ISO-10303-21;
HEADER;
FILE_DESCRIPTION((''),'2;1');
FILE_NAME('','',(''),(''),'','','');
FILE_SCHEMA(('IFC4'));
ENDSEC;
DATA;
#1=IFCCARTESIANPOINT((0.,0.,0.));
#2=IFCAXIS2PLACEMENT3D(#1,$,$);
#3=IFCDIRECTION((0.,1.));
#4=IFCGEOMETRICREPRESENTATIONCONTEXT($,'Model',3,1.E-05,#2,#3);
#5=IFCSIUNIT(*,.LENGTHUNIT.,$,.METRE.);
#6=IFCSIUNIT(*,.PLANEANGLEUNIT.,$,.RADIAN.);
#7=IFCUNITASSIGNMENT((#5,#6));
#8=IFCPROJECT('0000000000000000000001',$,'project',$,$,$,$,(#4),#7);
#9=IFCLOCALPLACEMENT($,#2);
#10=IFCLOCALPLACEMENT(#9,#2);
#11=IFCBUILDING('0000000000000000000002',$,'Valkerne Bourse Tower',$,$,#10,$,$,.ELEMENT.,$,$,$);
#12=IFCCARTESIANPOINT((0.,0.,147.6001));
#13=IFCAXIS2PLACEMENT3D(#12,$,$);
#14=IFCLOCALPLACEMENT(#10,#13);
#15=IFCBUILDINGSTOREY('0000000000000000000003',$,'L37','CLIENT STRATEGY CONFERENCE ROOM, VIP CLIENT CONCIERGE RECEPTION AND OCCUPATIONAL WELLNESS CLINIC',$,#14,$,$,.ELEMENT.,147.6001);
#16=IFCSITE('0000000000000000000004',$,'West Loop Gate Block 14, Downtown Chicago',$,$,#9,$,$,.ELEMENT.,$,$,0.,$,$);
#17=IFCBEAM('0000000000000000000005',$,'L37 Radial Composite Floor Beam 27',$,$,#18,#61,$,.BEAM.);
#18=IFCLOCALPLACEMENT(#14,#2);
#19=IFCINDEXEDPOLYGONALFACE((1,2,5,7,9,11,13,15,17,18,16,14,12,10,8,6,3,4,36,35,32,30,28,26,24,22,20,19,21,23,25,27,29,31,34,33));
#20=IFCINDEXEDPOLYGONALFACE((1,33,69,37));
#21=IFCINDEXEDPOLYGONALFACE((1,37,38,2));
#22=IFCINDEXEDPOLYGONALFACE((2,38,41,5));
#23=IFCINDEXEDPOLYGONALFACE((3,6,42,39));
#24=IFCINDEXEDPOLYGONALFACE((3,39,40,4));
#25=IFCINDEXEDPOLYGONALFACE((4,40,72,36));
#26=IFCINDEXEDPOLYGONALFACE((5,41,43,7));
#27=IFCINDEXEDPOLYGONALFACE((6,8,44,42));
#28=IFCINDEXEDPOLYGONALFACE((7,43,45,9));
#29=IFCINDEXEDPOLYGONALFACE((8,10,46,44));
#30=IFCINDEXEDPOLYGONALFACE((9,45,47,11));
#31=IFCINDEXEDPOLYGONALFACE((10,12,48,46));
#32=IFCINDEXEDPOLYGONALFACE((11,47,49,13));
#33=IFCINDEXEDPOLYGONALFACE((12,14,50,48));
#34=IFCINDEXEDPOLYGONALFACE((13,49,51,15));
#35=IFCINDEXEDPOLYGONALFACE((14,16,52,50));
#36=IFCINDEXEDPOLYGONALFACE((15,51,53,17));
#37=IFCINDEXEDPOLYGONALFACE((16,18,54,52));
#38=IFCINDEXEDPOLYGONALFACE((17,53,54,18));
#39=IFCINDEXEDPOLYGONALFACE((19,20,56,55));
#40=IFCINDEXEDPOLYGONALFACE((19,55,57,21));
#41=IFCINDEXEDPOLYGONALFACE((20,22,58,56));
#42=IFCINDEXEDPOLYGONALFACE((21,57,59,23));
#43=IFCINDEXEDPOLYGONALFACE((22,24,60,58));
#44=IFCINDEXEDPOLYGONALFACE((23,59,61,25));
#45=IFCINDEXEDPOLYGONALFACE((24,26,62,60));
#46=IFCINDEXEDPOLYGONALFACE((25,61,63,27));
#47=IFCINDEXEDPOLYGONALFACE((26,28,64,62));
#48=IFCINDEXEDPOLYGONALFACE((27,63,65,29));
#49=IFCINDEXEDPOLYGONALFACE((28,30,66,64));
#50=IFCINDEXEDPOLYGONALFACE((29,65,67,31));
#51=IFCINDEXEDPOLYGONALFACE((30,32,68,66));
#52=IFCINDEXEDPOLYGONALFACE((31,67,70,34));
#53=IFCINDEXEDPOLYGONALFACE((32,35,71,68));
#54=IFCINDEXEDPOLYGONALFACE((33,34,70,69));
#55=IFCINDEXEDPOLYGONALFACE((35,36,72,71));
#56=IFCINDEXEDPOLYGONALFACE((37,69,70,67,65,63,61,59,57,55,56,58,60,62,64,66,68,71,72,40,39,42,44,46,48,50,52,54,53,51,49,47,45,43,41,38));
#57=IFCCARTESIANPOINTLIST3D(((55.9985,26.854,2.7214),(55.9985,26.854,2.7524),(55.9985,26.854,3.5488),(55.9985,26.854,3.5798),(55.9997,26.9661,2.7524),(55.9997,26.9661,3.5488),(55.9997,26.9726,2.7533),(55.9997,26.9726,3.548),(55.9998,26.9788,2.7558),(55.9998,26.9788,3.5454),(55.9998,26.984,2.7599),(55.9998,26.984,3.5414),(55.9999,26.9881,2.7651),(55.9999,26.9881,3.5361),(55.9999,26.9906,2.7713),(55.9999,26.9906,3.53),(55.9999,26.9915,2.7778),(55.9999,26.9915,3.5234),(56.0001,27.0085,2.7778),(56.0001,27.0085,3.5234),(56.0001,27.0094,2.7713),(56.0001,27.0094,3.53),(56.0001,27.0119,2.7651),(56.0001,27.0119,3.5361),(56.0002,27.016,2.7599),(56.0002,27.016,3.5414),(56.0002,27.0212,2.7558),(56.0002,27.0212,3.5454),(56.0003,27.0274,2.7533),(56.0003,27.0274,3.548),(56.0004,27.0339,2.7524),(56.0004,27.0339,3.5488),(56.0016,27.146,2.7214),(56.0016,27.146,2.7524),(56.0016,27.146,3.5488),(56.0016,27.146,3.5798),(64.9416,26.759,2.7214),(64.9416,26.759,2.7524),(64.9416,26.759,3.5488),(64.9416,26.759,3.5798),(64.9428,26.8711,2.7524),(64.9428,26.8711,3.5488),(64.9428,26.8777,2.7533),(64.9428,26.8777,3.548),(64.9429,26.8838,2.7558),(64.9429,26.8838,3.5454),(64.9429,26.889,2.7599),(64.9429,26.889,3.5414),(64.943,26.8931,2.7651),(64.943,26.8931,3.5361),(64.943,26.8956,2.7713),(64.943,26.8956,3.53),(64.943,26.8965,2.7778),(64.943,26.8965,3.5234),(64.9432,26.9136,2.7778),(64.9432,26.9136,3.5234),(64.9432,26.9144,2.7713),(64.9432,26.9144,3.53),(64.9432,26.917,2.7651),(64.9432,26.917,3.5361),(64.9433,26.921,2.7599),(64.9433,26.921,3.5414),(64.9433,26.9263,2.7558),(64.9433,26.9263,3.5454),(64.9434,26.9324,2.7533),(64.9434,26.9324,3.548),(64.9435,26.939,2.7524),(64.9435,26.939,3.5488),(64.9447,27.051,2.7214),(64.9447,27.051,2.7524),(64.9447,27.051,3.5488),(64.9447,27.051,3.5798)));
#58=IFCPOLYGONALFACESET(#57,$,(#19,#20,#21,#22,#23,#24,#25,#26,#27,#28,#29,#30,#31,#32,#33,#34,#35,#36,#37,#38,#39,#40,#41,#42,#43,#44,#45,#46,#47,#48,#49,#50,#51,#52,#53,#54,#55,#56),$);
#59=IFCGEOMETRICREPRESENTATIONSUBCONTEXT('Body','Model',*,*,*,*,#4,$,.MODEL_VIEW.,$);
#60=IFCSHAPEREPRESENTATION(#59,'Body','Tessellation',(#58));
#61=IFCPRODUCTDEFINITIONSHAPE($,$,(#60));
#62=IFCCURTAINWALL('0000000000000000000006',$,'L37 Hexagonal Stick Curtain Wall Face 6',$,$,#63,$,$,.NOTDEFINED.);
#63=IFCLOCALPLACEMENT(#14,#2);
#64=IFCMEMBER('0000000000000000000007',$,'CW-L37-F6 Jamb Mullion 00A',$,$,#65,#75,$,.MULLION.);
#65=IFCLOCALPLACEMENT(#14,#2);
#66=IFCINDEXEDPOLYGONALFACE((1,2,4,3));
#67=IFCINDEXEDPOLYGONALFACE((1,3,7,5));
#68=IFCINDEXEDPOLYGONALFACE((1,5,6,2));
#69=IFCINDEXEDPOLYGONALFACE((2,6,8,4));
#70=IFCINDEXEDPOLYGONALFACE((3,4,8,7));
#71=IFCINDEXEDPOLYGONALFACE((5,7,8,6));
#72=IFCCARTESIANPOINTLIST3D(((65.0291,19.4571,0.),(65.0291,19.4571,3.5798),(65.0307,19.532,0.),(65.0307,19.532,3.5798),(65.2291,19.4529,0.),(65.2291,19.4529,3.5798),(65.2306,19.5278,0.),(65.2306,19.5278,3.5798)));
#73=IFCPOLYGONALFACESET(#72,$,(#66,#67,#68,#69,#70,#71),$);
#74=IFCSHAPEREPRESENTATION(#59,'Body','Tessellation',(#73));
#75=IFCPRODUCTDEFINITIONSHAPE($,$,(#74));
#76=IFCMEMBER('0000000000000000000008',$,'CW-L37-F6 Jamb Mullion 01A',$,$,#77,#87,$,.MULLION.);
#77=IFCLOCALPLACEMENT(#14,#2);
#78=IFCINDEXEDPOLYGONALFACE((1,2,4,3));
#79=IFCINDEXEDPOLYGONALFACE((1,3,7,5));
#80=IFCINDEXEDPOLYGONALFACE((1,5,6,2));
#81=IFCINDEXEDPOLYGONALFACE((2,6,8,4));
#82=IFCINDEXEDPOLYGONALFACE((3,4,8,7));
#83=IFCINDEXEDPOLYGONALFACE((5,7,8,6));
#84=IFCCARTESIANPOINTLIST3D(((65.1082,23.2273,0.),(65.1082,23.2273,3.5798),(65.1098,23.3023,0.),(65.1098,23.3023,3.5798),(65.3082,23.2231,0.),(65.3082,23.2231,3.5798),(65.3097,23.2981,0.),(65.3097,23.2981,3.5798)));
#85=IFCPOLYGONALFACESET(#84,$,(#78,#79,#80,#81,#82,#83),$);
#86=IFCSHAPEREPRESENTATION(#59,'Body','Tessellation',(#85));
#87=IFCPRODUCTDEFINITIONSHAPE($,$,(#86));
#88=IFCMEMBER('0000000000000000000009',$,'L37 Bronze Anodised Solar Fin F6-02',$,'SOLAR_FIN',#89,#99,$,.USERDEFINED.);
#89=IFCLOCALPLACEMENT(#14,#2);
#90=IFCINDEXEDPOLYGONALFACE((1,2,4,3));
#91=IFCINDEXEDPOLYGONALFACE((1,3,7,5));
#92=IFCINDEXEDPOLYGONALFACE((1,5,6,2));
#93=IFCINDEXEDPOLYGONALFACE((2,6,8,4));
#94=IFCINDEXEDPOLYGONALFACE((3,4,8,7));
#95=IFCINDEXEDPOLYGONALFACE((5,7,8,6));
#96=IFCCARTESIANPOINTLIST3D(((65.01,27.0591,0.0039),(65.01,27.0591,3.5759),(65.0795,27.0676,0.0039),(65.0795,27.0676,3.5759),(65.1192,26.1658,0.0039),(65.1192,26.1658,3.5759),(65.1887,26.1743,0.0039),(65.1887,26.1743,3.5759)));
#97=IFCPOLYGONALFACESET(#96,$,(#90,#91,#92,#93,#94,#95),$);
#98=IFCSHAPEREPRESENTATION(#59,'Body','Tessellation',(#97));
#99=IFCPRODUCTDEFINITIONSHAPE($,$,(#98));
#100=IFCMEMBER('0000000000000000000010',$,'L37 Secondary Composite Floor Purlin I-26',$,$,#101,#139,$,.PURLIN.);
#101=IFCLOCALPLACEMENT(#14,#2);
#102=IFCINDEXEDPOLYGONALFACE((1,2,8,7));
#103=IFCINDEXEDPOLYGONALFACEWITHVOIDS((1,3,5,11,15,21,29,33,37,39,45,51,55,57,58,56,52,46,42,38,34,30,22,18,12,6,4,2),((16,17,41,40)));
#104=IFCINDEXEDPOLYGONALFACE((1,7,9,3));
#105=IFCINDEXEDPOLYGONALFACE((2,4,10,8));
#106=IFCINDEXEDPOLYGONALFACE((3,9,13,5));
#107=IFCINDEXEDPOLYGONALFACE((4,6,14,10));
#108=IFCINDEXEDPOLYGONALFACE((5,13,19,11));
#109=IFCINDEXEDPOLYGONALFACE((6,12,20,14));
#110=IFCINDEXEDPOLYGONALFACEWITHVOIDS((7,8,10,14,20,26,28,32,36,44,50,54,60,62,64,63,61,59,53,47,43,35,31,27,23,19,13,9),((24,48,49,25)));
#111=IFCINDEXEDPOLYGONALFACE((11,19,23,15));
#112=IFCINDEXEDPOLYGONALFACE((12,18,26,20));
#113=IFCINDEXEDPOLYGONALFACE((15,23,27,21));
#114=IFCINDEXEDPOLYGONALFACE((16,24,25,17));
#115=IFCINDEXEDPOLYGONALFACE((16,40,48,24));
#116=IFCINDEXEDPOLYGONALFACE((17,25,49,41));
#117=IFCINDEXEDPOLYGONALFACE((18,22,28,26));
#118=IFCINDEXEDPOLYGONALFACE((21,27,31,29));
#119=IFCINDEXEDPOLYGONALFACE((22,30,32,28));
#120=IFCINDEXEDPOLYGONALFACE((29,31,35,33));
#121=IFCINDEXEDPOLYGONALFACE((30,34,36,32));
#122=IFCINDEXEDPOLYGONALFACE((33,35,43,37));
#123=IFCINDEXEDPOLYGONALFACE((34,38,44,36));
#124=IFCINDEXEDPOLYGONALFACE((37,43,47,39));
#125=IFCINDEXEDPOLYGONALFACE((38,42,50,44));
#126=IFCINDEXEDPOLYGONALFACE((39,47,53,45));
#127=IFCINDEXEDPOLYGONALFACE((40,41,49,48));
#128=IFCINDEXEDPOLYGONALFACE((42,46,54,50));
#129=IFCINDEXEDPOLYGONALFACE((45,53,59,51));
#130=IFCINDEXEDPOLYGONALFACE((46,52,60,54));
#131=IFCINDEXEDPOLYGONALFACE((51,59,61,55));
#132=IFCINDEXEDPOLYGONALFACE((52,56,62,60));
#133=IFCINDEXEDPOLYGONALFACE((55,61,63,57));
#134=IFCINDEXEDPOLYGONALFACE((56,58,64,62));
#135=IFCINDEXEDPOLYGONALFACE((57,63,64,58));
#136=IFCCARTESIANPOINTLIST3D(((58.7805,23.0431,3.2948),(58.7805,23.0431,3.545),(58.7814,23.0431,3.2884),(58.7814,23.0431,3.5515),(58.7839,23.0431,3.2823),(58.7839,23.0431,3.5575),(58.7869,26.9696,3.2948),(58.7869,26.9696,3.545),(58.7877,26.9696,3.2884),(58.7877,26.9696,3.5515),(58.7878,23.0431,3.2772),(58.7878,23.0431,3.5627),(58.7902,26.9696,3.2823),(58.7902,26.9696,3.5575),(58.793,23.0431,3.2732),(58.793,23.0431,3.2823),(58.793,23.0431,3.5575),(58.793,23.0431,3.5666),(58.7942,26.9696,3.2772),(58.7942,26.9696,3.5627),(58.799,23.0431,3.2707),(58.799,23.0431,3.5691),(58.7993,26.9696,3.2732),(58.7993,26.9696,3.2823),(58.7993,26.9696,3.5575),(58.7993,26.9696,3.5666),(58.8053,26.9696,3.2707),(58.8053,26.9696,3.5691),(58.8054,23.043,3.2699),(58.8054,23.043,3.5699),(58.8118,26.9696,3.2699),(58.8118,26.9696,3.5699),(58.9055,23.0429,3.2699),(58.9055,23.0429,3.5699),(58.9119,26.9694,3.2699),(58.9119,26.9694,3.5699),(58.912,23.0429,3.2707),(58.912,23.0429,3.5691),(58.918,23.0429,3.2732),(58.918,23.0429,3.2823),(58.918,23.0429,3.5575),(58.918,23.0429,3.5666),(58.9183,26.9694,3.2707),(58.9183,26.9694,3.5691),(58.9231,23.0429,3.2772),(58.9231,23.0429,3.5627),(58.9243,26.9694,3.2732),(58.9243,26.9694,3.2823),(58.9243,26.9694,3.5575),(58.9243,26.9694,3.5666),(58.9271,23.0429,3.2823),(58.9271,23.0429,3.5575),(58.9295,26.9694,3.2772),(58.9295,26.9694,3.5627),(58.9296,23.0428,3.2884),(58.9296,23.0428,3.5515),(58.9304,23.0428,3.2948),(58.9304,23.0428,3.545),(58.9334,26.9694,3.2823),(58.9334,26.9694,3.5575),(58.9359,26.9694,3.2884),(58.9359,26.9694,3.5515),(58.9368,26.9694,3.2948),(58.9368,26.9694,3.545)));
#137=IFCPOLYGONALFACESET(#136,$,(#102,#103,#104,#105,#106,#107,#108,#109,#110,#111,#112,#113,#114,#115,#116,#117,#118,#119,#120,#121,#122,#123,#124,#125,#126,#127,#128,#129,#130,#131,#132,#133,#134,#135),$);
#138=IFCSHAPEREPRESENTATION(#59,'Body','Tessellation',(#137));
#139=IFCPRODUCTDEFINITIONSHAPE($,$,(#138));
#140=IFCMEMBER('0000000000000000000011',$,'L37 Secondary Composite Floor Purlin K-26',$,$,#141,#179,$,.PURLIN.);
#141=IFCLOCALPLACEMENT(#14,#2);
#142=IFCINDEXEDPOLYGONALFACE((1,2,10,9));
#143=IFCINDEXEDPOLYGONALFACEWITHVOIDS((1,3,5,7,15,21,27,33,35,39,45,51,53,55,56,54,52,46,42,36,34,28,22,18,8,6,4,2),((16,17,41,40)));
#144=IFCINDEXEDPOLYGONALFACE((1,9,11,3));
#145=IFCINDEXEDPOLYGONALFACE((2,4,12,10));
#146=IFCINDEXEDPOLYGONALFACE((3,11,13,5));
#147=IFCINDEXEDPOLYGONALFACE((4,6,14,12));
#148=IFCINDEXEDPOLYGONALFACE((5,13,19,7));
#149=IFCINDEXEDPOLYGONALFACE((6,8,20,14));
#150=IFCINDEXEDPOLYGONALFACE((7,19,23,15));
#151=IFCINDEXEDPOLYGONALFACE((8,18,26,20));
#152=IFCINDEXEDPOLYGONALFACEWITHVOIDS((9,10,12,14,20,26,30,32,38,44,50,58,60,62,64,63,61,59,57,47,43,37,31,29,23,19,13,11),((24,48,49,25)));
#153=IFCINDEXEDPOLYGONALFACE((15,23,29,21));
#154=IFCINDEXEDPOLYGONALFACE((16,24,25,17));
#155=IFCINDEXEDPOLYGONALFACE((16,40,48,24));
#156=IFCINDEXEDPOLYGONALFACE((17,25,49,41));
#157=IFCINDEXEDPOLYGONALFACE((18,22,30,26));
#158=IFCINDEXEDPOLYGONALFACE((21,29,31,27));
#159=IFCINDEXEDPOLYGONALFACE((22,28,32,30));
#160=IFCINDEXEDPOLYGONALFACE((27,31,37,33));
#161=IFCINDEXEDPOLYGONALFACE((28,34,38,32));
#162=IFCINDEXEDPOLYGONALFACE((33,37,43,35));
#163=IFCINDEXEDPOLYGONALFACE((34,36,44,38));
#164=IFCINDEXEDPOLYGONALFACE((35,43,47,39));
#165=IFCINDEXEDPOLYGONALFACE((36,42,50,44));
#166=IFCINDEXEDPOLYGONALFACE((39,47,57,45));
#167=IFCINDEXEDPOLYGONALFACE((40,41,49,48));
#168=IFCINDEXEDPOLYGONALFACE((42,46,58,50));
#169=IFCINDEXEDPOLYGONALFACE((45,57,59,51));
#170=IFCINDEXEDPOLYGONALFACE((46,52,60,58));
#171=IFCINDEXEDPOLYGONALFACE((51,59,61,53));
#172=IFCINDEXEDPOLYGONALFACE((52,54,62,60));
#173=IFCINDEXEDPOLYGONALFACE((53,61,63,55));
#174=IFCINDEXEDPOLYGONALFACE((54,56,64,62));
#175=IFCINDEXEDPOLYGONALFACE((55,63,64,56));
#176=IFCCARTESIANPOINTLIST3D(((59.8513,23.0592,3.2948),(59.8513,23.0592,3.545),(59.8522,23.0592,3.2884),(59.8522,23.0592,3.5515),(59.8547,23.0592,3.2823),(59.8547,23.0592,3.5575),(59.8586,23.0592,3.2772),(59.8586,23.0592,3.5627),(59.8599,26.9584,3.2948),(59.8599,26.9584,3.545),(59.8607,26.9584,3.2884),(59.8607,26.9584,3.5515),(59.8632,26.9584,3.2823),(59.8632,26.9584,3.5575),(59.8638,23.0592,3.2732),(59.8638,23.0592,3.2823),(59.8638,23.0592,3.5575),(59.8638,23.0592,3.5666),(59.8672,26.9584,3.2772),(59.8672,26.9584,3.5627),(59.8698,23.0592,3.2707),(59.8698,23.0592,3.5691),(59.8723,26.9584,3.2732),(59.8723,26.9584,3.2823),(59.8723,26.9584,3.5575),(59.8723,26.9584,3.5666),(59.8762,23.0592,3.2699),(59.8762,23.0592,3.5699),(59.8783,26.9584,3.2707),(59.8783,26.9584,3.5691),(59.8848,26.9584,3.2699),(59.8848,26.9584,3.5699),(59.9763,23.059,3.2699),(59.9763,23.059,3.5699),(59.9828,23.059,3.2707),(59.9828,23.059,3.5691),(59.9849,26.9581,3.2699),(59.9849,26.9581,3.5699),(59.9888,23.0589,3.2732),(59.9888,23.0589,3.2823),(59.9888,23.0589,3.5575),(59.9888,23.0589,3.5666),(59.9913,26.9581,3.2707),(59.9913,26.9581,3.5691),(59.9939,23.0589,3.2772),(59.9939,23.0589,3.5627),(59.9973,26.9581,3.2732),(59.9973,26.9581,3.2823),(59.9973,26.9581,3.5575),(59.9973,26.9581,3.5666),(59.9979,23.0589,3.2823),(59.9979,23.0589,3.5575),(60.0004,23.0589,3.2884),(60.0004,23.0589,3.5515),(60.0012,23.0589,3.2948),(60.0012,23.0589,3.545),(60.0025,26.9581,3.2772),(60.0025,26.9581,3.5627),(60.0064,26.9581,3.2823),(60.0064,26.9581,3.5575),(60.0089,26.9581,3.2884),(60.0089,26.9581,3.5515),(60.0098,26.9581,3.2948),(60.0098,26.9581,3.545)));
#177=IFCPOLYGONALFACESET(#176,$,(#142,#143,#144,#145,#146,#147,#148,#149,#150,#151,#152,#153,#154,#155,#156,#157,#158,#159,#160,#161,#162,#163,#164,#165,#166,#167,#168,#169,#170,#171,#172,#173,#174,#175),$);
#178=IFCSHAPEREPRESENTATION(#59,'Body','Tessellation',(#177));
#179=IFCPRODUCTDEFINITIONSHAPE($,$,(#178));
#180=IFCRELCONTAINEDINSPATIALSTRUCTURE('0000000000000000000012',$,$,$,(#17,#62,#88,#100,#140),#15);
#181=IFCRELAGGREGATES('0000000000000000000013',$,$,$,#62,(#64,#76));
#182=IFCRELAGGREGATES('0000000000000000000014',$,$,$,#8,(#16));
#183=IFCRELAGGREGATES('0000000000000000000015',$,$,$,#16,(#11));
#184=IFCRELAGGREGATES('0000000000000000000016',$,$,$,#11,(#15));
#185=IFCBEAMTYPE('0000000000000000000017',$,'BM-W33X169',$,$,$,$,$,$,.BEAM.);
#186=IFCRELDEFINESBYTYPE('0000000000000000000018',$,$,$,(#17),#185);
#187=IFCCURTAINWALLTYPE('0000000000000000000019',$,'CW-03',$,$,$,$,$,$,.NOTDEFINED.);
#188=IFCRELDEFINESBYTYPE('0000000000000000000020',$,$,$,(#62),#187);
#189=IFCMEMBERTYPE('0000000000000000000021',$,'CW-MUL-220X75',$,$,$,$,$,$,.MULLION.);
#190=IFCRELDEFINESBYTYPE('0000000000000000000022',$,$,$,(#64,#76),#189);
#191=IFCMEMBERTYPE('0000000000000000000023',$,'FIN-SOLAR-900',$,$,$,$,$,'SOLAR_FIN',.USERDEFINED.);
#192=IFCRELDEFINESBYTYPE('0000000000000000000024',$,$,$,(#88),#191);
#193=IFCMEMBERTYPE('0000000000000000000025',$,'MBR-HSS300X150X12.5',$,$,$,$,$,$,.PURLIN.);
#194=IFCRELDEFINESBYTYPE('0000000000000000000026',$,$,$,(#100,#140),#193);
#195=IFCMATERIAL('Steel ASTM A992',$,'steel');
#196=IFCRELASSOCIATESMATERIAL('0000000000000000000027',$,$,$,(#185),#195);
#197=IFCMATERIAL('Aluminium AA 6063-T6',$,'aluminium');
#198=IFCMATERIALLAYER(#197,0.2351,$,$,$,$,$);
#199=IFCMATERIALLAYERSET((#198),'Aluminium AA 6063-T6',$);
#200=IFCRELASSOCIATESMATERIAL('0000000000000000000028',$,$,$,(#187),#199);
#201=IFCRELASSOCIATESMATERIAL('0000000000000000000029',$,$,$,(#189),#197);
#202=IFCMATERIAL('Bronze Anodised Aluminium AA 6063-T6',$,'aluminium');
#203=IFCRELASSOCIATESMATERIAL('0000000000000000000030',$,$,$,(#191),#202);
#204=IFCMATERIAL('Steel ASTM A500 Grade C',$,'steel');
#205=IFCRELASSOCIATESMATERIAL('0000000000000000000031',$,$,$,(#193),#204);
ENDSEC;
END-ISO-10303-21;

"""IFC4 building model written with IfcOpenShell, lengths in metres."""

from ifc_helpers import new_model, si_unit, direction, frame, origin, origin_2d, place, context, subcontext, project, spatial, rectangle, hollow_rectangle, i_section, extrude, material, layer, layer_set, material_profile, profile_set, type_object, element, aggregate, save


model = new_model("IFC4")

# Units and contexts
model_context = context("Model", 3, precision=1e-05, world=origin(), true_north=direction((0.0, 1.0)))
body_context = subcontext(model_context, "Body", "Model", "MODEL_VIEW")
ifc_project = project(units=[si_unit("LENGTHUNIT", "METRE"), si_unit("PLANEANGLEUNIT", "RADIAN")], contexts=[model_context])

# Site, building, storey
site_placement = place(None, origin())
site = spatial("IfcSite", under=ifc_project, at=site_placement, Name="West Loop Gate Block 14, Downtown Chicago", CompositionType="ELEMENT", RefElevation=0.0)
building_placement = place(site_placement, origin())
building = spatial("IfcBuilding", under=site, at=building_placement, Name="Valkerne Bourse Tower", CompositionType="ELEMENT")
storey_placement = place(building_placement, frame((0.0, 0.0, 147.6001)))
storey = spatial("IfcBuildingStorey", under=building, at=storey_placement, Name="L37", Description="CLIENT STRATEGY CONFERENCE ROOM, VIP CLIENT CONCIERGE RECEPTION AND OCCUPATIONAL WELLNESS CLINIC", CompositionType="ELEMENT", Elevation=147.6001)

# Beam
ifc_material_1 = material(Name="Steel ASTM A992", Category="steel")
ifc_material_profile_1 = material_profile(ifc_material_1, i_section(OverallWidth=0.292, OverallDepth=0.8584, WebThickness=0.0171, FlangeThickness=0.031, FilletRadius=0.0254, at=origin_2d()), Name="W33X169")
ifc_profile_set_1 = profile_set([ifc_material_profile_1], Name="Steel ASTM A992")
beam_type_1 = type_object("IfcBeamType", Name="BM-W33X169", PredefinedType="BEAM", material=ifc_profile_set_1)
beam_1_placement = place(storey_placement, frame((64.9431, 26.905, 3.1506), z_axis=(-0.999944, 0.010619, 0.0), x_axis=(-0.010619, -0.999944, 0.0)))
element("IfcBeam", 1, at=beam_1_placement, inside=storey, type_object=beam_type_1, Name="L37 Radial Composite Floor Beam 27", PredefinedType="BEAM", context=body_context, shape_type="SweptSolid", body=[
    extrude(i_section(OverallWidth=0.292, OverallDepth=0.8584, WebThickness=0.0171, FlangeThickness=0.031, FilletRadius=0.0254, at=origin_2d()), origin(), (0.0, 0.0, 1.0), 8.9436),
])

# Curtain wall, members
ifc_material_2 = material(Name="Aluminium AA 6063-T6", Category="aluminium")
ifc_layer_1 = layer(ifc_material_2, 0.2351)
ifc_layer_set_1 = layer_set([ifc_layer_1], Name="Aluminium AA 6063-T6")
curtain_wall_type = type_object("IfcCurtainWallType", Name="CW-03", PredefinedType="NOTDEFINED", material=ifc_layer_set_1)
curtain_wall_placement = place(storey_placement, origin())
curtain_wall = element("IfcCurtainWall", 2, at=curtain_wall_placement, inside=storey, type_object=curtain_wall_type, Name="L37 Hexagonal Stick Curtain Wall Face 6", PredefinedType="NOTDEFINED")
ifc_material_profile_2 = material_profile(ifc_material_2, rectangle(XDim=0.075, YDim=0.2, at=origin_2d()), Name="CWM-75X200")
ifc_profile_set_2 = profile_set([ifc_material_profile_2], Name="Aluminium AA 6063-T6")
member_type_1 = type_object("IfcMemberType", Name="CW-MUL-220X75", PredefinedType="MULLION", material=ifc_profile_set_2)
member_1_placement = place(storey_placement, frame((65.1299, 19.4924, 0.0), z_axis=(0.0, 0.0, 1.0), x_axis=(0.020949, 0.999781, 0.0)))
member_1 = element("IfcMember", 3, at=member_1_placement, type_object=member_type_1, Name="CW-L37-F6 Jamb Mullion 00A", PredefinedType="MULLION", context=body_context, shape_type="SweptSolid", body=[
    extrude(rectangle(XDim=0.075, YDim=0.2, at=origin_2d()), origin(), (0.0, 0.0, 1.0), 3.5798),
])
member_2_placement = place(storey_placement, frame((65.209, 23.2627, 0.0), z_axis=(0.0, 0.0, 1.0), x_axis=(0.02095, 0.999781, 0.0)))
member_2 = element("IfcMember", 4, at=member_2_placement, type_object=member_type_1, Name="CW-L37-F6 Jamb Mullion 01A", PredefinedType="MULLION", context=body_context, shape_type="SweptSolid", body=[
    extrude(rectangle(XDim=0.075, YDim=0.2, at=origin_2d()), origin(), (0.0, 0.0, 1.0), 3.5798),
])

# Members
ifc_material_3 = material(Name="Bronze Anodised Aluminium AA 6063-T6", Category="aluminium")
ifc_material_profile_3 = material_profile(ifc_material_3, rectangle(XDim=0.0701, YDim=0.8999, at=origin_2d()), Name="FIN-70X900")
ifc_profile_set_3 = profile_set([ifc_material_profile_3], Name="Bronze Anodised Aluminium AA 6063-T6")
member_type_2 = type_object("IfcMemberType", Name="FIN-SOLAR-900", ElementType="SOLAR_FIN", PredefinedType="USERDEFINED", material=ifc_profile_set_3)
member_3_placement = place(storey_placement, frame((65.0994, 26.6167, 0.0039), z_axis=(0.0, 0.0, 1.0), x_axis=(0.992609, 0.121358, 0.0)))
element("IfcMember", 5, at=member_3_placement, inside=storey, type_object=member_type_2, Name="L37 Bronze Anodised Solar Fin F6-02", ObjectType="SOLAR_FIN", PredefinedType="USERDEFINED", context=body_context, shape_type="SweptSolid", body=[
    extrude(rectangle(XDim=0.0701, YDim=0.8999, at=origin_2d()), origin(), (0.0, 0.0, 1.0), 3.572),
])
ifc_material_4 = material(Name="Steel ASTM A500 Grade C", Category="steel")
ifc_material_profile_4 = material_profile(ifc_material_4, hollow_rectangle(XDim=0.1499, YDim=0.3, WallThickness=0.0125, OuterFilletRadius=0.0249, at=origin_2d()), Name="HSS300X150X12.5")
ifc_profile_set_4 = profile_set([ifc_material_profile_4], Name="Steel ASTM A500 Grade C")
member_type_3 = type_object("IfcMemberType", Name="MBR-HSS300X150X12.5", PredefinedType="PURLIN", material=ifc_profile_set_4)
member_4_placement = place(storey_placement, frame((58.8555, 23.043, 3.4199), z_axis=(0.001617, 0.999999, 0.0), x_axis=(-0.999999, 0.001617, 0.0)))
element("IfcMember", 6, at=member_4_placement, inside=storey, type_object=member_type_3, Name="L37 Secondary Composite Floor Purlin I-26", PredefinedType="PURLIN", context=body_context, shape_type="SweptSolid", body=[
    extrude(hollow_rectangle(XDim=0.1499, YDim=0.3, WallThickness=0.0125, OuterFilletRadius=0.0249, at=origin_2d()), origin(), (0.0, 0.0, 1.0), 3.9265),
])
member_5_placement = place(storey_placement, frame((59.9263, 23.0591, 3.4199), z_axis=(0.002191, 0.999998, 0.0), x_axis=(-0.999998, 0.002191, 0.0)))
element("IfcMember", 7, at=member_5_placement, inside=storey, type_object=member_type_3, Name="L37 Secondary Composite Floor Purlin K-26", PredefinedType="PURLIN", context=body_context, shape_type="SweptSolid", body=[
    extrude(hollow_rectangle(XDim=0.1499, YDim=0.3, WallThickness=0.0125, OuterFilletRadius=0.0249, at=origin_2d()), origin(), (0.0, 0.0, 1.0), 3.8992),
])

aggregate(curtain_wall, [member_1, member_2])

save(model, "model.ifc")
